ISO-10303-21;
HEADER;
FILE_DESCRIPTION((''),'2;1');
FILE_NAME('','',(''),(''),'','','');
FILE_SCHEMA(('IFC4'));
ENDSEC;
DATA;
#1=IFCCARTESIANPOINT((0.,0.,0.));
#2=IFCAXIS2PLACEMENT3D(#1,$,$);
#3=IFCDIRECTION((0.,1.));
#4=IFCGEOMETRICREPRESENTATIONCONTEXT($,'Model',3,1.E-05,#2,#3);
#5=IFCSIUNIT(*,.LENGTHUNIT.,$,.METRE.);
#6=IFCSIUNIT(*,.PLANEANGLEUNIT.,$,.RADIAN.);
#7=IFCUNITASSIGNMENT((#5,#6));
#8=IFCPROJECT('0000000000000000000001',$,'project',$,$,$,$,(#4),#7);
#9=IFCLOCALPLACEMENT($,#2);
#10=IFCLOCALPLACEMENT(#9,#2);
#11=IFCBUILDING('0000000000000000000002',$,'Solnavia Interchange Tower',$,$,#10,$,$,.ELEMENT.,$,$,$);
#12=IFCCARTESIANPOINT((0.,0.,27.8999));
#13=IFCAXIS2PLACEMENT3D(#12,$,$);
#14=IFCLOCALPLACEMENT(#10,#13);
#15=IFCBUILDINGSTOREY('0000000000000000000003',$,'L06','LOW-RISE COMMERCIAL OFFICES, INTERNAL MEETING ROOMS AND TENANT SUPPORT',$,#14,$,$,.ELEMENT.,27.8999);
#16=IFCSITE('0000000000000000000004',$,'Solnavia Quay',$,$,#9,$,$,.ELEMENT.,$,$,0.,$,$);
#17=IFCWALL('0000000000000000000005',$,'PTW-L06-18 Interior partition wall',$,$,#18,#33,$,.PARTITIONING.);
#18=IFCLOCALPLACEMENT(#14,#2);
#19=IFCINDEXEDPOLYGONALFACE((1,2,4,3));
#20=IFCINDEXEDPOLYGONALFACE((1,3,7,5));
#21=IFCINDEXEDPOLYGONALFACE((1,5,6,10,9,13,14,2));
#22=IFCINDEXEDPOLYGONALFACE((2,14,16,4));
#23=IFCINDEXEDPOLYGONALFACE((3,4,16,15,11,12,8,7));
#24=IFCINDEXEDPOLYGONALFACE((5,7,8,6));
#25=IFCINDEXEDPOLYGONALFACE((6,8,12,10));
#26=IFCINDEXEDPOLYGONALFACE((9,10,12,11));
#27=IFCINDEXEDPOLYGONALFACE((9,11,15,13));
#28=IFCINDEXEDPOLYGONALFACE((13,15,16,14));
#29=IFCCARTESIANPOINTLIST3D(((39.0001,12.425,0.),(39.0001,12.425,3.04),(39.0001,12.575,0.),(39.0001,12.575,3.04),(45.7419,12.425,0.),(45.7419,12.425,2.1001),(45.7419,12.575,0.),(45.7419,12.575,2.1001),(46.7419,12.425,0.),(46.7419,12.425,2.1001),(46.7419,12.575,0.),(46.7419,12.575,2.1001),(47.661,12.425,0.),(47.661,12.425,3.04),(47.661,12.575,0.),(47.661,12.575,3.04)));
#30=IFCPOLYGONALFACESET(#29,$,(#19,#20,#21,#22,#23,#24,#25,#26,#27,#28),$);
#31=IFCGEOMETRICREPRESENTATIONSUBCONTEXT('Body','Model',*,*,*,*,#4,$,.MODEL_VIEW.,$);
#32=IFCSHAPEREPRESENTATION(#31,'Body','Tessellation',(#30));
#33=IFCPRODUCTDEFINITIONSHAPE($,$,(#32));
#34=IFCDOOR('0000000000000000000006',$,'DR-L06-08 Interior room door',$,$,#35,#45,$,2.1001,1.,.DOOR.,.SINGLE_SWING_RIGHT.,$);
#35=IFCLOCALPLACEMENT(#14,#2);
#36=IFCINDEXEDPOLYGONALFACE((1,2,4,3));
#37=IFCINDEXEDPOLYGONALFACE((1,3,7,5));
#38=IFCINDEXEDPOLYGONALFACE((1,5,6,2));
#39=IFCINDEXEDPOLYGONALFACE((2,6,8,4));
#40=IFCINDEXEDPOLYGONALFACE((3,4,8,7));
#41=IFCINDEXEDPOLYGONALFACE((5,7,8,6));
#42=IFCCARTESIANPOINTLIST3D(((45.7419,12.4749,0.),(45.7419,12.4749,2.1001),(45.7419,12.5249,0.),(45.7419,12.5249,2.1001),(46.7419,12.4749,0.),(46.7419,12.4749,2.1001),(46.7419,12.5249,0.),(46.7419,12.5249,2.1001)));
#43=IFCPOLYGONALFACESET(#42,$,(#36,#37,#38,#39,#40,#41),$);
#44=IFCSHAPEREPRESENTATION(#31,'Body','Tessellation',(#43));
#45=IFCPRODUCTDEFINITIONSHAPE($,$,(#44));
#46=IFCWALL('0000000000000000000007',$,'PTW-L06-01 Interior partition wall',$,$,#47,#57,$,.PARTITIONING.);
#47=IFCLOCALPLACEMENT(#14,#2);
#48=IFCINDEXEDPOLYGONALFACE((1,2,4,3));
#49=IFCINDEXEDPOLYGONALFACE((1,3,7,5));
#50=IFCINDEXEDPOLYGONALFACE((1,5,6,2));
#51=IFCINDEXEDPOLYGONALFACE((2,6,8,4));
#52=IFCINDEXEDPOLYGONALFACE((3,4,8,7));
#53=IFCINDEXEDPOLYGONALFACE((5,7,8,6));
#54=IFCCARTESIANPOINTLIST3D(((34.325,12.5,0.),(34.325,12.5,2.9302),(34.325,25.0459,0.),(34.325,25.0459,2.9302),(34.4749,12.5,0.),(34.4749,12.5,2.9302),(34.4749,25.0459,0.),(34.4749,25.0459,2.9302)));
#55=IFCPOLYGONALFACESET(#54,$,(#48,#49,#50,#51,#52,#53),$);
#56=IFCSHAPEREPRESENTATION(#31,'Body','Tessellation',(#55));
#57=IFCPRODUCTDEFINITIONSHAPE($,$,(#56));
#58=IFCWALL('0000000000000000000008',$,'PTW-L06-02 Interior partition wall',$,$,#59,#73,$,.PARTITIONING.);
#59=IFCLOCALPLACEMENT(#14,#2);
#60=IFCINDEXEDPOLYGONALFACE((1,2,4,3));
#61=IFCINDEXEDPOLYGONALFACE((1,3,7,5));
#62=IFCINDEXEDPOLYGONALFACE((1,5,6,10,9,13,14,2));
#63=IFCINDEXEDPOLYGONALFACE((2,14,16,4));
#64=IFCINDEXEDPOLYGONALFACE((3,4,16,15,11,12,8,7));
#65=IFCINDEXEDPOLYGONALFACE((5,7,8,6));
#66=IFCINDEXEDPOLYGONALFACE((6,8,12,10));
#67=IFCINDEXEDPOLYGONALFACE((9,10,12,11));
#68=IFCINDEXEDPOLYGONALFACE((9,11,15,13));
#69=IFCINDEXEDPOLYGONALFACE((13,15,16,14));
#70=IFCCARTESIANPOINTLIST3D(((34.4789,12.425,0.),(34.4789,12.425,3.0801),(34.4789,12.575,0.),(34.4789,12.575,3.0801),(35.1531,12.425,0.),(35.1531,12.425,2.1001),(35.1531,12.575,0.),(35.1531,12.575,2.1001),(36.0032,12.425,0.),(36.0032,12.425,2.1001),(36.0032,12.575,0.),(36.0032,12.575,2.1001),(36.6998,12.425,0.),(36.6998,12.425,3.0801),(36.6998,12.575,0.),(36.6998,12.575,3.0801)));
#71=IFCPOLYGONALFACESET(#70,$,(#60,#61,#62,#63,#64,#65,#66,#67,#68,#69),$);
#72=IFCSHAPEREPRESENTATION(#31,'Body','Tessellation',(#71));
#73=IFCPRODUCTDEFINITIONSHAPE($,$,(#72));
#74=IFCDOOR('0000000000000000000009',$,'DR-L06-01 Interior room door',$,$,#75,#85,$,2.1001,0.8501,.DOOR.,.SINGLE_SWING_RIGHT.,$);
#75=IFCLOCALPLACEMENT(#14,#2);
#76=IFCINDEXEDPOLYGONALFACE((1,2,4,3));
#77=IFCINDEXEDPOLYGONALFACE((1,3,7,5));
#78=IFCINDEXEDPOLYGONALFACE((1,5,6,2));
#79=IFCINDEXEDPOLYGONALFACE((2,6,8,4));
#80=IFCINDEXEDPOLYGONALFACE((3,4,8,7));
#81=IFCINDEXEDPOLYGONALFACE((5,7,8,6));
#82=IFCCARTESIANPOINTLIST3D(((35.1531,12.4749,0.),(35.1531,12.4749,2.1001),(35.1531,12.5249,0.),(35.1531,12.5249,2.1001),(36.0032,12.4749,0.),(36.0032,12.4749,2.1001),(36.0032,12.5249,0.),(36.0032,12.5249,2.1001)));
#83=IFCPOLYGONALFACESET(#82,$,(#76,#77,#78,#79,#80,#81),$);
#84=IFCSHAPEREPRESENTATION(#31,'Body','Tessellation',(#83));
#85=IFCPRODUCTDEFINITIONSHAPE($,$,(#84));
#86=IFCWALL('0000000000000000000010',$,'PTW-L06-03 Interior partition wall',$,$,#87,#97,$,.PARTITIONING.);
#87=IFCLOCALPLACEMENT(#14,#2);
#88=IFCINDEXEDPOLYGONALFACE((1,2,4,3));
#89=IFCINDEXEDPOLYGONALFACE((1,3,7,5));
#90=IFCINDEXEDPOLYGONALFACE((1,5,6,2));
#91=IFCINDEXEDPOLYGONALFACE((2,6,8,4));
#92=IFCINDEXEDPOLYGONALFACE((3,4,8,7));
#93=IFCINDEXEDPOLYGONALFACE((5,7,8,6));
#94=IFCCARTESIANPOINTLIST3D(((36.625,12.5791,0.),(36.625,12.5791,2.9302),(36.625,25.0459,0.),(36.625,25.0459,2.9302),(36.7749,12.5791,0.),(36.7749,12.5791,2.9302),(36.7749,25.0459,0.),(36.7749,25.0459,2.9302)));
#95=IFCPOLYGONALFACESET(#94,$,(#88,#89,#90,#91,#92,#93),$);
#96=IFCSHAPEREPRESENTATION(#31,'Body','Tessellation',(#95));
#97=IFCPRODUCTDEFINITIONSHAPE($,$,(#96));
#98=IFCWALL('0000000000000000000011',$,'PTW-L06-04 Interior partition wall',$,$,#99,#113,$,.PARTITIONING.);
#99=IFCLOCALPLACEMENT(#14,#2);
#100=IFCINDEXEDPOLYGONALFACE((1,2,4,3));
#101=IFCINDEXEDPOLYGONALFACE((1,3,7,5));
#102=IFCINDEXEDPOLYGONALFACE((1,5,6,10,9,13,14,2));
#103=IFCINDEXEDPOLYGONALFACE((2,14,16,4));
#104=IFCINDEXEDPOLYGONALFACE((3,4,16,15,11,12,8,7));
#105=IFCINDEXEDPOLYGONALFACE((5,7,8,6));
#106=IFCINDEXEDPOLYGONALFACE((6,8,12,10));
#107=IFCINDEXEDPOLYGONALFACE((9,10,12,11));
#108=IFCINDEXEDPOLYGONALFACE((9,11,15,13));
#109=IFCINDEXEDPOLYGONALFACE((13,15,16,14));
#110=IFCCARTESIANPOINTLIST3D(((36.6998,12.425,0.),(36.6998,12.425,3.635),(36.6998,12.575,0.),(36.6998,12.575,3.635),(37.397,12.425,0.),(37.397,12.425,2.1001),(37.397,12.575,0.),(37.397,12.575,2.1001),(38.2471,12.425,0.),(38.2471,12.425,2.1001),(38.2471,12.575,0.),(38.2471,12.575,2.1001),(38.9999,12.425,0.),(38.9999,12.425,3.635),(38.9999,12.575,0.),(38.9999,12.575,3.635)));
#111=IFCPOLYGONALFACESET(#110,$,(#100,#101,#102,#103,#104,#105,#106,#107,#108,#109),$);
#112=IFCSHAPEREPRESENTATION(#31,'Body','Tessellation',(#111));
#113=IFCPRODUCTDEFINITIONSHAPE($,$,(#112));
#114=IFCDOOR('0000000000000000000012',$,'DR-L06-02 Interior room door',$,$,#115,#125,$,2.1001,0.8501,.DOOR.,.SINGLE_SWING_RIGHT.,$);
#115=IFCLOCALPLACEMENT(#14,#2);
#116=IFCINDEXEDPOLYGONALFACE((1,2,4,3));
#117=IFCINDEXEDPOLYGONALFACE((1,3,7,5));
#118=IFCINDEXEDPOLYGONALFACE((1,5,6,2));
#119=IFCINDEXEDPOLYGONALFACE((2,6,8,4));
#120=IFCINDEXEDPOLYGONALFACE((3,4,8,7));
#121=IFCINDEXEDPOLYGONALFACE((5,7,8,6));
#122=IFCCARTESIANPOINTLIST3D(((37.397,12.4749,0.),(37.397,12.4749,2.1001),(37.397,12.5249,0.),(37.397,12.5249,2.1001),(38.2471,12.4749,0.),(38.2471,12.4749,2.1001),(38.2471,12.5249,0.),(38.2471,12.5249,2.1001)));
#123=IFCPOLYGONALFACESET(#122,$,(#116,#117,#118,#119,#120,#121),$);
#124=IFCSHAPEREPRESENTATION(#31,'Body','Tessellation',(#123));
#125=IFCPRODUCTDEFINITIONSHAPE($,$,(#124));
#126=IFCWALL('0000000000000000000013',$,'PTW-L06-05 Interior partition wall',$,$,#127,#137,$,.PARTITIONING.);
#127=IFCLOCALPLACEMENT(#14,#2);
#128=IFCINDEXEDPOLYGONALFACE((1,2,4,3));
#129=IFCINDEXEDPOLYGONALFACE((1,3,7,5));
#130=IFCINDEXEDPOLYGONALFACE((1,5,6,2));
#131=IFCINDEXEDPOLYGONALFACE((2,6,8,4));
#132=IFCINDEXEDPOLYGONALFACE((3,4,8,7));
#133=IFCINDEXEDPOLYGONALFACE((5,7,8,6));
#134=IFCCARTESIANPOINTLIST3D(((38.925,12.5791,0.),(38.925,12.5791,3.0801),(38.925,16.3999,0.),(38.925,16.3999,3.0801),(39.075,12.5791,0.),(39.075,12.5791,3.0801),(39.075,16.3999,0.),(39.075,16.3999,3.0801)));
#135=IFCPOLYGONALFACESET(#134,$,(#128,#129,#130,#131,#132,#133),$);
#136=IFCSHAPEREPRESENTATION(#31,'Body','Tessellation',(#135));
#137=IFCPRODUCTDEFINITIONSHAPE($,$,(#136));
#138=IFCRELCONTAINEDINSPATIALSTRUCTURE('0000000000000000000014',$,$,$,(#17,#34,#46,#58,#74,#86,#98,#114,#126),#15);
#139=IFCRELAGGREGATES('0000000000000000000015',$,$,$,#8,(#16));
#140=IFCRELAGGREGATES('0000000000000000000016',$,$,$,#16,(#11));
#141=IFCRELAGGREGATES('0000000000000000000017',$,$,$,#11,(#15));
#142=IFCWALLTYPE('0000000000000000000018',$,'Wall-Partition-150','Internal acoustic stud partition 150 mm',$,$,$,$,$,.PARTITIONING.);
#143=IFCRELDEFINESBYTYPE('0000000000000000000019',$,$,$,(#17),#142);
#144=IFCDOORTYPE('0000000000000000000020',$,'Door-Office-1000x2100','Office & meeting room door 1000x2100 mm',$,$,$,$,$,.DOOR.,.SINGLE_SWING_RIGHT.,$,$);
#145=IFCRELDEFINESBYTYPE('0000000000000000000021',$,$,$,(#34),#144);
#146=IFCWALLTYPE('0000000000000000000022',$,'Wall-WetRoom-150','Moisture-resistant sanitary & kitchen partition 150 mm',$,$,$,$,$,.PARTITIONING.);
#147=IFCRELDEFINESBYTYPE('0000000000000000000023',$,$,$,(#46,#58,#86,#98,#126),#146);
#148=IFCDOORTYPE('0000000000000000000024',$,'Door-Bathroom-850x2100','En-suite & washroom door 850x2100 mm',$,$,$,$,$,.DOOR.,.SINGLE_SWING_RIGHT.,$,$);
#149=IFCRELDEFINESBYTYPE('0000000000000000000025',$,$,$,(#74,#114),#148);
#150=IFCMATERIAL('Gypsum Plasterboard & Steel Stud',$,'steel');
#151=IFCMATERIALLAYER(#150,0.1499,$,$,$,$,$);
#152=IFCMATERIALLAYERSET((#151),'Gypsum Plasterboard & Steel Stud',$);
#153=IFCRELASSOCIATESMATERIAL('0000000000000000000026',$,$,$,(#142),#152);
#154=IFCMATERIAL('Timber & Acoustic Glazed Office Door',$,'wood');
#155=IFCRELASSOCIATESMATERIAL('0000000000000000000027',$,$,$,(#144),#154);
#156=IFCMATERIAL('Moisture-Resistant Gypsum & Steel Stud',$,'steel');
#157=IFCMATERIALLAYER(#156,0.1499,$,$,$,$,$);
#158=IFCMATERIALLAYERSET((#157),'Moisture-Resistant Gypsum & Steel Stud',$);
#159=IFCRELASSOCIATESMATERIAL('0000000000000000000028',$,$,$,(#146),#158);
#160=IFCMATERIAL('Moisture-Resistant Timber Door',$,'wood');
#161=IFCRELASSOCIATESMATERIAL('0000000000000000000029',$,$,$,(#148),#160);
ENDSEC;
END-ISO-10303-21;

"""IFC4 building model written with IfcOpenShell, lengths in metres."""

from ifc_helpers import new_model, si_unit, direction, frame, frame_2d, origin, place, context, subcontext, project, spatial, rectangle, extrude, material, layer, layer_set, type_object, element, fill, save


model = new_model("IFC4")

# Units and contexts
model_context = context("Model", 3, precision=1e-05, world=origin(), true_north=direction((0.0, 1.0)))
body_context = subcontext(model_context, "Body", "Model", "MODEL_VIEW")
ifc_project = project(units=[si_unit("LENGTHUNIT", "METRE"), si_unit("PLANEANGLEUNIT", "RADIAN")], contexts=[model_context])

# Site, building, storey
site_placement = place(None, origin())
site = spatial("IfcSite", under=ifc_project, at=site_placement, Name="Solnavia Quay", CompositionType="ELEMENT", RefElevation=0.0)
building_placement = place(site_placement, origin())
building = spatial("IfcBuilding", under=site, at=building_placement, Name="Solnavia Interchange Tower", CompositionType="ELEMENT")
storey_placement = place(building_placement, frame((0.0, 0.0, 27.8999)))
storey = spatial("IfcBuildingStorey", under=building, at=storey_placement, Name="L06", Description="LOW-RISE COMMERCIAL OFFICES, INTERNAL MEETING ROOMS AND TENANT SUPPORT", CompositionType="ELEMENT", Elevation=27.8999)

# Shared definitions
ifc_material_1 = material(Name="Gypsum Plasterboard & Steel Stud", Category="steel")
ifc_layer_1 = layer(ifc_material_1, 0.1499)
ifc_layer_set_1 = layer_set([ifc_layer_1], Name="Gypsum Plasterboard & Steel Stud")
wall_type_1 = type_object("IfcWallType", Name="Wall-Partition-150", Description="Internal acoustic stud partition 150 mm", PredefinedType="PARTITIONING", material=ifc_layer_set_1)

# Wall, opening, door
ifc_material_2 = material(Name="Timber & Acoustic Glazed Office Door", Category="wood")
door_type_1 = type_object("IfcDoorType", Name="Door-Office-1000x2100", Description="Office & meeting room door 1000x2100 mm", OperationType="SINGLE_SWING_RIGHT", PredefinedType="DOOR", material=ifc_material_2)
wall_1_placement = place(storey_placement, frame((39.0, 12.5, 0.0), z_axis=(0.0, 0.0, 1.0), x_axis=(1.0, 0.0, 0.0)))
wall_1 = element("IfcWall", 1, at=wall_1_placement, inside=storey, type_object=wall_type_1, Name="PTW-L06-18 Interior partition wall", PredefinedType="PARTITIONING", context=body_context, shape_type="SweptSolid", body=[
    extrude(rectangle(XDim=8.6609, YDim=0.1499, at=frame_2d((4.3306, 0.0))), origin(), (0.0, 0.0, 1.0), 3.04),
])
opening_1_placement = place(wall_1_placement, frame((6.7419, 0.0, 0.0)))
opening_1 = element("IfcOpeningElement", 2, at=opening_1_placement, cuts=wall_1, PredefinedType="OPENING", context=body_context, shape_type="SweptSolid", body=[
    extrude(rectangle(XDim=1.0, YDim=2.1001, at=frame_2d((0.5, 1.05))), frame((0.0, 0.085, 0.0), z_axis=(0.0, -1.0, 0.0), x_axis=(1.0, 0.0, 0.0)), (0.0, 0.0, 1.0), 0.1699),
])
door_1_placement = place(opening_1_placement, origin())
door_1 = element("IfcDoor", 3, at=door_1_placement, inside=storey, type_object=door_type_1, Name="DR-L06-08 Interior room door", OperationType="SINGLE_SWING_RIGHT", OverallHeight=2.1001, OverallWidth=1.0, PredefinedType="DOOR", context=body_context, shape_type="SweptSolid", body=[
    extrude(rectangle(XDim=1.0, YDim=2.1001, at=frame_2d((0.5, 1.05))), frame((0.0, 0.0249, 0.0), z_axis=(0.0, -1.0, 0.0), x_axis=(1.0, 0.0, 0.0)), (0.0, 0.0, 1.0), 0.05),
])
fill(opening_1, door_1)

# Wall
ifc_material_3 = material(Name="Moisture-Resistant Gypsum & Steel Stud", Category="steel")
ifc_layer_2 = layer(ifc_material_3, 0.1499)
ifc_layer_set_2 = layer_set([ifc_layer_2], Name="Moisture-Resistant Gypsum & Steel Stud")
wall_type_2 = type_object("IfcWallType", Name="Wall-WetRoom-150", Description="Moisture-resistant sanitary & kitchen partition 150 mm", PredefinedType="PARTITIONING", material=ifc_layer_set_2)
wall_2_placement = place(storey_placement, frame((34.3999, 12.5, 0.0), z_axis=(0.0, 0.0, 1.0), x_axis=(0.0, 1.0, 0.0)))
element("IfcWall", 4, at=wall_2_placement, inside=storey, type_object=wall_type_2, Name="PTW-L06-01 Interior partition wall", PredefinedType="PARTITIONING", context=body_context, shape_type="SweptSolid", body=[
    extrude(rectangle(XDim=12.5459, YDim=0.1499, at=frame_2d((6.2729, 0.0))), origin(), (0.0, 0.0, 1.0), 2.9302),
])

# Wall, opening, door
wall_3_placement = place(storey_placement, frame((34.479, 12.5, 0.0), z_axis=(0.0, 0.0, 1.0), x_axis=(1.0, 0.0, 0.0)))
wall_3 = element("IfcWall", 5, at=wall_3_placement, inside=storey, type_object=wall_type_2, Name="PTW-L06-02 Interior partition wall", PredefinedType="PARTITIONING", context=body_context, shape_type="SweptSolid", body=[
    extrude(rectangle(XDim=2.2209, YDim=0.1499, at=frame_2d((1.1104, 0.0))), origin(), (0.0, 0.0, 1.0), 3.0801),
])
opening_2_placement = place(wall_3_placement, frame((0.6741, 0.0, 0.0)))
opening_2 = element("IfcOpeningElement", 6, at=opening_2_placement, cuts=wall_3, PredefinedType="OPENING", context=body_context, shape_type="SweptSolid", body=[
    extrude(rectangle(XDim=0.8501, YDim=2.1001, at=frame_2d((0.425, 1.05))), frame((0.0, 0.085, 0.0), z_axis=(0.0, -1.0, 0.0), x_axis=(1.0, 0.0, 0.0)), (0.0, 0.0, 1.0), 0.1699),
])
ifc_material_4 = material(Name="Moisture-Resistant Timber Door", Category="wood")
door_type_2 = type_object("IfcDoorType", Name="Door-Bathroom-850x2100", Description="En-suite & washroom door 850x2100 mm", OperationType="SINGLE_SWING_RIGHT", PredefinedType="DOOR", material=ifc_material_4)
door_2_placement = place(opening_2_placement, origin())
door_2 = element("IfcDoor", 7, at=door_2_placement, inside=storey, type_object=door_type_2, Name="DR-L06-01 Interior room door", OperationType="SINGLE_SWING_RIGHT", OverallHeight=2.1001, OverallWidth=0.8501, PredefinedType="DOOR", context=body_context, shape_type="SweptSolid", body=[
    extrude(rectangle(XDim=0.8501, YDim=2.1001, at=frame_2d((0.425, 1.05))), frame((0.0, 0.0249, 0.0), z_axis=(0.0, -1.0, 0.0), x_axis=(1.0, 0.0, 0.0)), (0.0, 0.0, 1.0), 0.05),
])
fill(opening_2, door_2)

# Wall
wall_4_placement = place(storey_placement, frame((36.7, 12.5791, 0.0), z_axis=(0.0, 0.0, 1.0), x_axis=(0.0, 1.0, 0.0)))
element("IfcWall", 8, at=wall_4_placement, inside=storey, type_object=wall_type_2, Name="PTW-L06-03 Interior partition wall", PredefinedType="PARTITIONING", context=body_context, shape_type="SweptSolid", body=[
    extrude(rectangle(XDim=12.4668, YDim=0.1499, at=frame_2d((6.2334, 0.0))), origin(), (0.0, 0.0, 1.0), 2.9302),
])

# Wall, opening, door
wall_5_placement = place(storey_placement, frame((36.7, 12.5, 0.0), z_axis=(0.0, 0.0, 1.0), x_axis=(1.0, 0.0, 0.0)))
wall_5 = element("IfcWall", 9, at=wall_5_placement, inside=storey, type_object=wall_type_2, Name="PTW-L06-04 Interior partition wall", PredefinedType="PARTITIONING", context=body_context, shape_type="SweptSolid", body=[
    extrude(rectangle(XDim=2.3, YDim=0.1499, at=frame_2d((1.1499, 0.0))), origin(), (0.0, 0.0, 1.0), 3.635),
])
opening_3_placement = place(wall_5_placement, frame((0.697, 0.0, 0.0)))
opening_3 = element("IfcOpeningElement", 10, at=opening_3_placement, cuts=wall_5, PredefinedType="OPENING", context=body_context, shape_type="SweptSolid", body=[
    extrude(rectangle(XDim=0.8501, YDim=2.1001, at=frame_2d((0.425, 1.05))), frame((0.0, 0.085, 0.0), z_axis=(0.0, -1.0, 0.0), x_axis=(1.0, 0.0, 0.0)), (0.0, 0.0, 1.0), 0.1699),
])
door_3_placement = place(opening_3_placement, origin())
door_3 = element("IfcDoor", 11, at=door_3_placement, inside=storey, type_object=door_type_2, Name="DR-L06-02 Interior room door", OperationType="SINGLE_SWING_RIGHT", OverallHeight=2.1001, OverallWidth=0.8501, PredefinedType="DOOR", context=body_context, shape_type="SweptSolid", body=[
    extrude(rectangle(XDim=0.8501, YDim=2.1001, at=frame_2d((0.425, 1.05))), frame((0.0, 0.0249, 0.0), z_axis=(0.0, -1.0, 0.0), x_axis=(1.0, 0.0, 0.0)), (0.0, 0.0, 1.0), 0.05),
])
fill(opening_3, door_3)

# Wall
wall_6_placement = place(storey_placement, frame((39.0, 12.5791, 0.0), z_axis=(0.0, 0.0, 1.0), x_axis=(0.0, 1.0, 0.0)))
element("IfcWall", 12, at=wall_6_placement, inside=storey, type_object=wall_type_2, Name="PTW-L06-05 Interior partition wall", PredefinedType="PARTITIONING", context=body_context, shape_type="SweptSolid", body=[
    extrude(rectangle(XDim=3.8208, YDim=0.1499, at=frame_2d((1.9104, 0.0))), origin(), (0.0, 0.0, 1.0), 3.0801),
])

save(model, "model.ifc")
